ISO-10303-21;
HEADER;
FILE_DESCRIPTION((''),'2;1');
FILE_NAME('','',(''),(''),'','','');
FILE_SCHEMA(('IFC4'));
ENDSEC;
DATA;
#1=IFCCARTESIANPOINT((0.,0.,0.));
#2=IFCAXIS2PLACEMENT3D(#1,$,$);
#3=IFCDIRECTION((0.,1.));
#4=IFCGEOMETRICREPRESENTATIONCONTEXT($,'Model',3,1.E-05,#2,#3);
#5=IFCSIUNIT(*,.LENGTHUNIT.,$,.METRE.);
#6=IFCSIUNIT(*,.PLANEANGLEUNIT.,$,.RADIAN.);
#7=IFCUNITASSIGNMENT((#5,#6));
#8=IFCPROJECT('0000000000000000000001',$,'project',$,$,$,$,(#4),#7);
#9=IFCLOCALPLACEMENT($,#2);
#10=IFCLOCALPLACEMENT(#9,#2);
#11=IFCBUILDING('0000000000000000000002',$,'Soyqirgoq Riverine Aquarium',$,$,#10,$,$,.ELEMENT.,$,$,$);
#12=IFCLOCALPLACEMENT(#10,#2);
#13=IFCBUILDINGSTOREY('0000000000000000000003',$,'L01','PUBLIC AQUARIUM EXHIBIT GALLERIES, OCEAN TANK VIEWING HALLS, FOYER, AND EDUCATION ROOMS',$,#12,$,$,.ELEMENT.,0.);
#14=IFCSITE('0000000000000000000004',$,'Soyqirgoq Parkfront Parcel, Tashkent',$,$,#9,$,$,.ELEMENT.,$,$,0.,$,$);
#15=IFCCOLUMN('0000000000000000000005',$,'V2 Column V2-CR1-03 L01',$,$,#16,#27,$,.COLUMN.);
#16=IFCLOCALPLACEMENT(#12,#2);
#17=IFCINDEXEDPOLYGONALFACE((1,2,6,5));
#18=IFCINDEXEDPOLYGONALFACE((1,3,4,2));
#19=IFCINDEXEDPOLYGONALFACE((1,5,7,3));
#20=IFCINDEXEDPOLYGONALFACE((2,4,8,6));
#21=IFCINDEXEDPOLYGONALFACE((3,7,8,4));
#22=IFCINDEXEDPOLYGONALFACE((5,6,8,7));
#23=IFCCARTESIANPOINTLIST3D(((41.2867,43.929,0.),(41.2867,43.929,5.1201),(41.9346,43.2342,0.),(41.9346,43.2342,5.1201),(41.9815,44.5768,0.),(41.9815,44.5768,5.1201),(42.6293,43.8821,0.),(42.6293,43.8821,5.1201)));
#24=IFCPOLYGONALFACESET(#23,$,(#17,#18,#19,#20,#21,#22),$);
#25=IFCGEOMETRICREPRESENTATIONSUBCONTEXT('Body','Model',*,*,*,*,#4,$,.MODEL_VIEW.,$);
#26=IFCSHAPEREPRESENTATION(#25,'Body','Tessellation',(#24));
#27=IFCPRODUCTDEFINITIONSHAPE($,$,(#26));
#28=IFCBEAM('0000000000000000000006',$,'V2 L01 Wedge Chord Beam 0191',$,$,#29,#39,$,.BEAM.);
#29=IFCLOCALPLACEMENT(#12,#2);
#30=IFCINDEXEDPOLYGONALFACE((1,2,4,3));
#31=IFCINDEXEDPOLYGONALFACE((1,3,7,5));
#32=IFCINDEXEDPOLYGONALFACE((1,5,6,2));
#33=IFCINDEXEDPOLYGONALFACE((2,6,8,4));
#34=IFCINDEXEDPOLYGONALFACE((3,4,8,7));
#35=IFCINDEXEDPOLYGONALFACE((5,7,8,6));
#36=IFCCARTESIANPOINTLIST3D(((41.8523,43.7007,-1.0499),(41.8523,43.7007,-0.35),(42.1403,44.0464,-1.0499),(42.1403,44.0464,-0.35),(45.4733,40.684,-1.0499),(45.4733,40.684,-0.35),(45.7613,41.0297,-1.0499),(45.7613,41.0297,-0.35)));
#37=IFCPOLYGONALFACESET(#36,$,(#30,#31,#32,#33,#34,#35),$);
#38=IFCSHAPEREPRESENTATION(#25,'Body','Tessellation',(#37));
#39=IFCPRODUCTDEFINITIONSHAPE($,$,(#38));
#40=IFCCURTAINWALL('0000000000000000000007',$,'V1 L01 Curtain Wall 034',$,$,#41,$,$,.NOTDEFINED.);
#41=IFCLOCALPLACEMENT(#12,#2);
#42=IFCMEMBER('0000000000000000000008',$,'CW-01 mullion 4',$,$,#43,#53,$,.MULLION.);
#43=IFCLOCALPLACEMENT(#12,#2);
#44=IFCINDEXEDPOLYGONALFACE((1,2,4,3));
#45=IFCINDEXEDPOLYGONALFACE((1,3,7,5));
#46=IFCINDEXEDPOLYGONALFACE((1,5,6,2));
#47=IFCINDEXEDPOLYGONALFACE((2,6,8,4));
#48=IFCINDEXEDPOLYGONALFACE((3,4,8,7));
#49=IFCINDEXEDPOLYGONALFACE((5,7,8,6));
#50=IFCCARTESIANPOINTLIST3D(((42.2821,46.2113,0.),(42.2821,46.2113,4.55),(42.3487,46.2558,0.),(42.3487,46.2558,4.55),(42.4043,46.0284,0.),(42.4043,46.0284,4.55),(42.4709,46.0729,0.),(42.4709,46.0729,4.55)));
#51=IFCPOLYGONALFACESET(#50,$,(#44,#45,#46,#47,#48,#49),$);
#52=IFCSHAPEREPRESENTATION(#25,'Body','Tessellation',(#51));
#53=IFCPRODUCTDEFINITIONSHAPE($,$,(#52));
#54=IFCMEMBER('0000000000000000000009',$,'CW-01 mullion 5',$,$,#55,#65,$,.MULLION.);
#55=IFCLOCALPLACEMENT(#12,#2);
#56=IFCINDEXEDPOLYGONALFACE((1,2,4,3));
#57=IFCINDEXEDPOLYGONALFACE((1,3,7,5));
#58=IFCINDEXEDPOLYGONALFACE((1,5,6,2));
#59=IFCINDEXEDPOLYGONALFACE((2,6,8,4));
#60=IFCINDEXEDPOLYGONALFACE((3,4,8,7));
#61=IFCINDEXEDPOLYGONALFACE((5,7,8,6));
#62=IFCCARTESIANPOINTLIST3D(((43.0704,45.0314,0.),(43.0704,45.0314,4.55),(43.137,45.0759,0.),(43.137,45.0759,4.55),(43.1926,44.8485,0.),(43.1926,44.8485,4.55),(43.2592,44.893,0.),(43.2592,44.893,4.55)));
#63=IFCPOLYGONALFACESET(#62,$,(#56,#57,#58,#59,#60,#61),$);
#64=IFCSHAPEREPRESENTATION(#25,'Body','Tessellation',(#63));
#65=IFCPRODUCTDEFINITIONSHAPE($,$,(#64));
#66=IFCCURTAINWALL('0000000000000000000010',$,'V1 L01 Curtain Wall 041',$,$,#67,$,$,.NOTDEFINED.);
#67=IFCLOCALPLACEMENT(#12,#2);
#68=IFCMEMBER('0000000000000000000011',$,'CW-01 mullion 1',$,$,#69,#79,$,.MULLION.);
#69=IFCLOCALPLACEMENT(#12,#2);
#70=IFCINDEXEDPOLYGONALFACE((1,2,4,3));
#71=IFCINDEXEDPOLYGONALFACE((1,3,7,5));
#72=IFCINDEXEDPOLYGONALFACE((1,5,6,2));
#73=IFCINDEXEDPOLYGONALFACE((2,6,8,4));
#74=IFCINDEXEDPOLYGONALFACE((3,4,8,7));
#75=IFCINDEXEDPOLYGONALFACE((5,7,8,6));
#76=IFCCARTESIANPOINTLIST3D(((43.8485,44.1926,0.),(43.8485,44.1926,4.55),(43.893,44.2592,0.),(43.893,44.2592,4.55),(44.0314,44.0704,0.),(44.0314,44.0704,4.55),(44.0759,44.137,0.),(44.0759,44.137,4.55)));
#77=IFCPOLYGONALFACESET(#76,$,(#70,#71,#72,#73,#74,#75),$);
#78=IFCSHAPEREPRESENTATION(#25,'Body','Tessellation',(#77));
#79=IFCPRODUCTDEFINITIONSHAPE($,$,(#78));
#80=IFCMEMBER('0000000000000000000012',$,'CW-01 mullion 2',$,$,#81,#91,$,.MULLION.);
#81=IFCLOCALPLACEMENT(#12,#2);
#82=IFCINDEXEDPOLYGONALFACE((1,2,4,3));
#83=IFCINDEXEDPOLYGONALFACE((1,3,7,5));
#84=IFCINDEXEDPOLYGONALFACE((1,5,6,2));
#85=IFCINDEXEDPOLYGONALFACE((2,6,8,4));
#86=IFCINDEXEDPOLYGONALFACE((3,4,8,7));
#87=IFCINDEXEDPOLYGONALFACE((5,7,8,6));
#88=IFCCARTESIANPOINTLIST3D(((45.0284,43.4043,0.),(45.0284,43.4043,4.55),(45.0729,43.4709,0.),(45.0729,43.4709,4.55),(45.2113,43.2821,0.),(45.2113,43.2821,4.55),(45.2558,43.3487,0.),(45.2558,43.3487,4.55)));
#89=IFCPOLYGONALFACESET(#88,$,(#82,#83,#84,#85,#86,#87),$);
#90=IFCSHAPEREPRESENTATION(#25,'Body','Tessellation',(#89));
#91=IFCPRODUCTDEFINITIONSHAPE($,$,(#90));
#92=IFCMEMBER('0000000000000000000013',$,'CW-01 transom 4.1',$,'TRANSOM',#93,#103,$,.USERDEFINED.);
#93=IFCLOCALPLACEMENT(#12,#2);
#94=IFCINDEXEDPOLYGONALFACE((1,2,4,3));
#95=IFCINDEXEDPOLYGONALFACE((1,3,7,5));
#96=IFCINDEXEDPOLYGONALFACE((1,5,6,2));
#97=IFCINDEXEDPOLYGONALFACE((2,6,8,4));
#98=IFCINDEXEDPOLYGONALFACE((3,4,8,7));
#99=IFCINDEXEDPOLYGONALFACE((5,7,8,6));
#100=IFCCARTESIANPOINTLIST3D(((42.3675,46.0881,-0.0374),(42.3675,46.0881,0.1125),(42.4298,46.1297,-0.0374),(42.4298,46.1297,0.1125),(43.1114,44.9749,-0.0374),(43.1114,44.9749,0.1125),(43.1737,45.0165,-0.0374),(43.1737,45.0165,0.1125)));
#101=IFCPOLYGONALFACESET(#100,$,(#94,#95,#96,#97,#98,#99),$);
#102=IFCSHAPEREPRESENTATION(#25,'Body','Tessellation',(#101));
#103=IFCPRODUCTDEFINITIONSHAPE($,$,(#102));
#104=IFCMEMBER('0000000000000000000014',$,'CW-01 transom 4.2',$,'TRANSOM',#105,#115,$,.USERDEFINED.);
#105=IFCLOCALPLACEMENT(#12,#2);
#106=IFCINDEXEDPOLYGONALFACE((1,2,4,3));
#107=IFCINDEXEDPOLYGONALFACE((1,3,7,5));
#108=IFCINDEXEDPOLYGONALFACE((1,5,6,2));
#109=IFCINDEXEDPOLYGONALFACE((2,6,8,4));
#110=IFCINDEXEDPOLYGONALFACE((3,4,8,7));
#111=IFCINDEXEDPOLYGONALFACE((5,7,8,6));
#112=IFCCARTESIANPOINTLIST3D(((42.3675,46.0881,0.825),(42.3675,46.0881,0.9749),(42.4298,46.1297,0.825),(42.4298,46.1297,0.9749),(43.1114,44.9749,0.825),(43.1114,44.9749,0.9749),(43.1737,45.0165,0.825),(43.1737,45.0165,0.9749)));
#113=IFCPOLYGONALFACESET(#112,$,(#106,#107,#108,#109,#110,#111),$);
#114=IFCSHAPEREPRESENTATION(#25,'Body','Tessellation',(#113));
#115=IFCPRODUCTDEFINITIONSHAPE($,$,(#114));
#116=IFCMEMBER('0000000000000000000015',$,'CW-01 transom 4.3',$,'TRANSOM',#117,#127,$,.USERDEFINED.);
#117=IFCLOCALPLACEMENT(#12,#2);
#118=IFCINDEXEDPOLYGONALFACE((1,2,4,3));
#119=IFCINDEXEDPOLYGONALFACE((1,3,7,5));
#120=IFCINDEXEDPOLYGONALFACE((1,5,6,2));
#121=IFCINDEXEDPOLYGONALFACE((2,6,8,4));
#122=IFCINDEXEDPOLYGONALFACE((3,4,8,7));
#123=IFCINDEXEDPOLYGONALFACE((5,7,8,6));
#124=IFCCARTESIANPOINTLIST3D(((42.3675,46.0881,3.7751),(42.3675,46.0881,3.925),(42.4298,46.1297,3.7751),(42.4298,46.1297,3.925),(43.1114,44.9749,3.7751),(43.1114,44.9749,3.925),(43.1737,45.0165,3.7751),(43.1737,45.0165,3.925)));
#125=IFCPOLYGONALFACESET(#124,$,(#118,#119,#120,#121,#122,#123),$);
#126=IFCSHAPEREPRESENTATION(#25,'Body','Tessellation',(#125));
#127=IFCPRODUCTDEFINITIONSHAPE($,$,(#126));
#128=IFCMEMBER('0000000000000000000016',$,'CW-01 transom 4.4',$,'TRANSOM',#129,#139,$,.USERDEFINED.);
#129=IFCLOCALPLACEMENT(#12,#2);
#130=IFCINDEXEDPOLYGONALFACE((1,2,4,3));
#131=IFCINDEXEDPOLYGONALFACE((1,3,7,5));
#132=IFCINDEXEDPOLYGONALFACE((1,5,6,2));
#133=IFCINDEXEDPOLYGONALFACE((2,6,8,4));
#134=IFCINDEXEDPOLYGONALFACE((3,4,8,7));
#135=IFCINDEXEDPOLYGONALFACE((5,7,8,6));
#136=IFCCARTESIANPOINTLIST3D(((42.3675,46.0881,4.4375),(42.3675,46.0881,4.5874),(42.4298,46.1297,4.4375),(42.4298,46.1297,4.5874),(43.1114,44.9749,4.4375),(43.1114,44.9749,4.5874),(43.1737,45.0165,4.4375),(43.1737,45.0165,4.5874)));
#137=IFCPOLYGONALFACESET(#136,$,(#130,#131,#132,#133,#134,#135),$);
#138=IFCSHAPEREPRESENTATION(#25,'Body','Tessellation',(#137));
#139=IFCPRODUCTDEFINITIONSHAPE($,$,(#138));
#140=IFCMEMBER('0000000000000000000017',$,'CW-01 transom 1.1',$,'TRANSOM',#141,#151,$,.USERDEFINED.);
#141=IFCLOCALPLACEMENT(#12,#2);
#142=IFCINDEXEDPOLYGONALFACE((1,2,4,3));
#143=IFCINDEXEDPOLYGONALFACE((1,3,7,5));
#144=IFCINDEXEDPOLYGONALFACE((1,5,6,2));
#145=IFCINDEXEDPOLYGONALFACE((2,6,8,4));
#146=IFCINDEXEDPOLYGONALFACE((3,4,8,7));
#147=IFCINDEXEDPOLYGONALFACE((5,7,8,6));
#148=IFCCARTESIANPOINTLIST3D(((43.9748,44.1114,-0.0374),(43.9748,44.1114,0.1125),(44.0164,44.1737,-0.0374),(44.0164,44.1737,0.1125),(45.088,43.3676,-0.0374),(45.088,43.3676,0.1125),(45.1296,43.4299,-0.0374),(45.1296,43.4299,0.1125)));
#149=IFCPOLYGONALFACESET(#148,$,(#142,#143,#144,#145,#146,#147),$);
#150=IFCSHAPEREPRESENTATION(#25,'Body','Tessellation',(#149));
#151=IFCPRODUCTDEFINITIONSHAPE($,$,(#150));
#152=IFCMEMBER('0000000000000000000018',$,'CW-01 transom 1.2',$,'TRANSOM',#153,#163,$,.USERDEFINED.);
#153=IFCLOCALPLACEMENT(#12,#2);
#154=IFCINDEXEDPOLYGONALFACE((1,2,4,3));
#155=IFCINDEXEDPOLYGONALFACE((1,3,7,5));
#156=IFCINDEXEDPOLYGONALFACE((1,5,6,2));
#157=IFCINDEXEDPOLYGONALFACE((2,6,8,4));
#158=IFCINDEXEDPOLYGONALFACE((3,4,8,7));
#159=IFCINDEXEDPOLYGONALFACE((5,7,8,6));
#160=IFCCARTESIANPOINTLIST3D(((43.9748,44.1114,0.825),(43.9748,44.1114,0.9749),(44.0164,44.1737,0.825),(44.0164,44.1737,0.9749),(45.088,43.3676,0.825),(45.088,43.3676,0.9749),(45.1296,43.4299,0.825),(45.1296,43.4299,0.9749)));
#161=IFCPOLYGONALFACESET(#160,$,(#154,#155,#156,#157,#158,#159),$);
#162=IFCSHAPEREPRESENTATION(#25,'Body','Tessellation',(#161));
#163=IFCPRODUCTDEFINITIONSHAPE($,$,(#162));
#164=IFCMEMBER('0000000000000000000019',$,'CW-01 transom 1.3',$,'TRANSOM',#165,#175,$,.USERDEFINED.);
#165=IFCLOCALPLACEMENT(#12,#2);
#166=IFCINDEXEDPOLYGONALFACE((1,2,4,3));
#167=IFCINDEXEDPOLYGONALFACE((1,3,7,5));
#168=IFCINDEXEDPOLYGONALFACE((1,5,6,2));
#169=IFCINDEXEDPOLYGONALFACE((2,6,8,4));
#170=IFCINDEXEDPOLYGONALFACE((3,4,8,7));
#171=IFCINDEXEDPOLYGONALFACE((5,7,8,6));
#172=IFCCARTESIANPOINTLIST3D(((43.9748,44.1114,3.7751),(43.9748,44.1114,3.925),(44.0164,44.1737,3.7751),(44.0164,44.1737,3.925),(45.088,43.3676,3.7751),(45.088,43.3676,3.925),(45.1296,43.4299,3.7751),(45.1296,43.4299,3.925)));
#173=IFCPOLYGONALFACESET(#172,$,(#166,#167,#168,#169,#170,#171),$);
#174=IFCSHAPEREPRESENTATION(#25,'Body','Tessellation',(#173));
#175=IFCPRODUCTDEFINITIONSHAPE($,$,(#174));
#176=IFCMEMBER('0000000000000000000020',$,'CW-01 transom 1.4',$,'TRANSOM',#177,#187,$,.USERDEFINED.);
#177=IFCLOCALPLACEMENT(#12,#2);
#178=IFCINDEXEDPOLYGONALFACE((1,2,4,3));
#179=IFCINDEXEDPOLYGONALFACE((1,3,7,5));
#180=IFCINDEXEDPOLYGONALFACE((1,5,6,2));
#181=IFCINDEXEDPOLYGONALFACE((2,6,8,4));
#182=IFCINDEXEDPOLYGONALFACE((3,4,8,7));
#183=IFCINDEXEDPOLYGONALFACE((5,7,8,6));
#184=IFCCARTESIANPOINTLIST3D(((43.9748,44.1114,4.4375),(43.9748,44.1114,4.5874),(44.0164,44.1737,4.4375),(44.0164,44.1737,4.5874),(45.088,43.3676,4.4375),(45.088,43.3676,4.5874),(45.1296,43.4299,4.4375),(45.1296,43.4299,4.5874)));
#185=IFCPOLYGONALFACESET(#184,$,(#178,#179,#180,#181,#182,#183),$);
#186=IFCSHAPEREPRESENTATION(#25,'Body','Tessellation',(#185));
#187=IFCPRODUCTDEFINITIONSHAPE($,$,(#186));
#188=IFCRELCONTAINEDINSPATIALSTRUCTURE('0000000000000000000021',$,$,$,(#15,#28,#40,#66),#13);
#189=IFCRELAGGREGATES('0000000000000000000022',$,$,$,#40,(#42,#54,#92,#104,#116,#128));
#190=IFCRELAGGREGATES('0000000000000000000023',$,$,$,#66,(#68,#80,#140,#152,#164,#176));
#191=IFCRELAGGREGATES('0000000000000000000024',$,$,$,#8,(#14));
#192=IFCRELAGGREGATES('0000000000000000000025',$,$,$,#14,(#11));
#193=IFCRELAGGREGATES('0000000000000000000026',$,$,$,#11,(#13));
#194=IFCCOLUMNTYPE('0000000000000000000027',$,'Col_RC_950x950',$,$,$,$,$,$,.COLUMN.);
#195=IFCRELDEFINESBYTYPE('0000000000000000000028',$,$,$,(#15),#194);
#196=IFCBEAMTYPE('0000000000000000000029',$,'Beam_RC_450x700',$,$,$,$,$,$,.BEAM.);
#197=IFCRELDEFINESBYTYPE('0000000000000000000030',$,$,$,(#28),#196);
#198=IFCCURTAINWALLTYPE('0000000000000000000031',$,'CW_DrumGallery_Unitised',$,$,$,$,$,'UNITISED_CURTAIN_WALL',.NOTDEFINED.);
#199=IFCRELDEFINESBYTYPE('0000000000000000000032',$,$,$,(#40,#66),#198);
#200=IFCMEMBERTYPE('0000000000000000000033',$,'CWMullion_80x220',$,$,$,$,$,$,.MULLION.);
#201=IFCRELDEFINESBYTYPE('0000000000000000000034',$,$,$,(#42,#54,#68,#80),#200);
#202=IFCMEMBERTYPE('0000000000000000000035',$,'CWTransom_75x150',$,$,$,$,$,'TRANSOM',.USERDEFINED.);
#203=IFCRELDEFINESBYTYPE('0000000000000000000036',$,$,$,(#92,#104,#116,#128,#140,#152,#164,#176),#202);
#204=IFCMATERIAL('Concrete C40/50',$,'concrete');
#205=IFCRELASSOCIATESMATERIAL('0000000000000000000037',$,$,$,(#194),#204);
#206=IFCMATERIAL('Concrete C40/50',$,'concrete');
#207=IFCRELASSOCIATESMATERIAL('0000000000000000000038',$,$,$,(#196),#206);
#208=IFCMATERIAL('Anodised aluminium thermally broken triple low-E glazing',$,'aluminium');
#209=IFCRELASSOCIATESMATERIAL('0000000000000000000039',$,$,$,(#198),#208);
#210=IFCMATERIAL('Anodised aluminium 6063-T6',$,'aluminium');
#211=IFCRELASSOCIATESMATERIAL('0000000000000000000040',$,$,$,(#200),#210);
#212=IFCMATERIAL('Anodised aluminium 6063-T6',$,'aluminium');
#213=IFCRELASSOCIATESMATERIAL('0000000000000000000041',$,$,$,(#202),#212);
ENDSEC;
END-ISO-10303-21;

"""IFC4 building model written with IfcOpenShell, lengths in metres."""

from ifc_helpers import new_model, si_unit, direction, frame, origin, origin_2d, place, context, subcontext, project, spatial, rectangle, extrude, material, material_profile, profile_set, type_object, element, aggregate, save


model = new_model("IFC4")

# Units and contexts
model_context = context("Model", 3, precision=1e-05, world=origin(), true_north=direction((0.0, 1.0)))
body_context = subcontext(model_context, "Body", "Model", "MODEL_VIEW")
ifc_project = project(units=[si_unit("LENGTHUNIT", "METRE"), si_unit("PLANEANGLEUNIT", "RADIAN")], contexts=[model_context])

# Site, building, storey
site_placement = place(None, origin())
site = spatial("IfcSite", under=ifc_project, at=site_placement, Name="Soyqirgoq Parkfront Parcel, Tashkent", CompositionType="ELEMENT", RefElevation=0.0)
building_placement = place(site_placement, origin())
building = spatial("IfcBuilding", under=site, at=building_placement, Name="Soyqirgoq Riverine Aquarium", CompositionType="ELEMENT")
storey_placement = place(building_placement, origin())
storey = spatial("IfcBuildingStorey", under=building, at=storey_placement, Name="L01", Description="PUBLIC AQUARIUM EXHIBIT GALLERIES, OCEAN TANK VIEWING HALLS, FOYER, AND EDUCATION ROOMS", CompositionType="ELEMENT", Elevation=0.0)

# Column
ifc_material_1 = material(Name="Concrete C40/50", Category="concrete")
ifc_material_profile_1 = material_profile(ifc_material_1, rectangle(XDim=0.95, YDim=0.95, at=origin_2d()), Name="RC 950x950")
ifc_profile_set_1 = profile_set([ifc_material_profile_1], Name="Concrete C40/50")
column_type_1 = type_object("IfcColumnType", Name="Col_RC_950x950", PredefinedType="COLUMN", material=ifc_profile_set_1)
column_1_placement = place(storey_placement, frame((41.958, 43.9055, 0.0), z_axis=(0.0, 0.0, 1.0), x_axis=(-0.731354, -0.681998, 0.0)))
element("IfcColumn", 1, at=column_1_placement, inside=storey, type_object=column_type_1, Name="V2 Column V2-CR1-03 L01", PredefinedType="COLUMN", context=body_context, shape_type="SweptSolid", body=[
    extrude(rectangle(XDim=0.95, YDim=0.95, at=origin_2d()), origin(), (0.0, 0.0, 1.0), 5.1201),
])

# Beam
ifc_material_2 = material(Name="Concrete C40/50", Category="concrete")
ifc_material_profile_2 = material_profile(ifc_material_2, rectangle(XDim=0.45, YDim=0.7, at=origin_2d()), Name="RC 450x700")
ifc_profile_set_2 = profile_set([ifc_material_profile_2], Name="Concrete C40/50")
beam_type_1 = type_object("IfcBeamType", Name="Beam_RC_450x700", PredefinedType="BEAM", material=ifc_profile_set_2)
beam_1_placement = place(storey_placement, frame((41.9963, 43.8735, -0.7), z_axis=(0.768302, -0.640088, 0.0), x_axis=(0.640088, 0.768302, 0.0)))
element("IfcBeam", 2, at=beam_1_placement, inside=storey, type_object=beam_type_1, Name="V2 L01 Wedge Chord Beam 0191", PredefinedType="BEAM", context=body_context, shape_type="SweptSolid", body=[
    extrude(rectangle(XDim=0.45, YDim=0.7, at=origin_2d()), origin(), (0.0, 0.0, 1.0), 4.7129),
])

# Curtain walls, members
ifc_material_3 = material(Name="Anodised aluminium thermally broken triple low-E glazing", Category="aluminium")
curtain_wall_type = type_object("IfcCurtainWallType", Name="CW_DrumGallery_Unitised", ElementType="UNITISED_CURTAIN_WALL", PredefinedType="NOTDEFINED", material=ifc_material_3)
curtain_wall_1_placement = place(storey_placement, origin())
curtain_wall_1 = element("IfcCurtainWall", 3, at=curtain_wall_1_placement, inside=storey, type_object=curtain_wall_type, Name="V1 L01 Curtain Wall 034", PredefinedType="NOTDEFINED")
ifc_material_4 = material(Name="Anodised aluminium 6063-T6", Category="aluminium")
ifc_material_profile_3 = material_profile(ifc_material_4, rectangle(XDim=0.0801, YDim=0.22, at=origin_2d()), Name="ALU-M 80x220")
ifc_profile_set_3 = profile_set([ifc_material_profile_3], Name="Anodised aluminium 6063-T6")
member_type_1 = type_object("IfcMemberType", Name="CWMullion_80x220", PredefinedType="MULLION", material=ifc_profile_set_3)
member_1_placement = place(storey_placement, frame((42.3765, 46.1421, 0.0), z_axis=(0.0, 0.0, 1.0), x_axis=(0.831467, 0.555574, 0.0)))
member_1 = element("IfcMember", 4, at=member_1_placement, type_object=member_type_1, Name="CW-01 mullion 4", PredefinedType="MULLION", context=body_context, shape_type="SweptSolid", body=[
    extrude(rectangle(XDim=0.0801, YDim=0.22, at=origin_2d()), origin(), (0.0, 0.0, 1.0), 4.55),
])
member_2_placement = place(storey_placement, frame((43.1648, 44.9622, 0.0), z_axis=(0.0, 0.0, 1.0), x_axis=(0.831467, 0.555574, 0.0)))
member_2 = element("IfcMember", 5, at=member_2_placement, type_object=member_type_1, Name="CW-01 mullion 5", PredefinedType="MULLION", context=body_context, shape_type="SweptSolid", body=[
    extrude(rectangle(XDim=0.0801, YDim=0.22, at=origin_2d()), origin(), (0.0, 0.0, 1.0), 4.55),
])
curtain_wall_2_placement = place(storey_placement, origin())
curtain_wall_2 = element("IfcCurtainWall", 6, at=curtain_wall_2_placement, inside=storey, type_object=curtain_wall_type, Name="V1 L01 Curtain Wall 041", PredefinedType="NOTDEFINED")
member_3_placement = place(storey_placement, frame((43.9622, 44.1648, 0.0), z_axis=(0.0, 0.0, 1.0), x_axis=(0.555574, 0.831467, 0.0)))
member_3 = element("IfcMember", 7, at=member_3_placement, type_object=member_type_1, Name="CW-01 mullion 1", PredefinedType="MULLION", context=body_context, shape_type="SweptSolid", body=[
    extrude(rectangle(XDim=0.0801, YDim=0.22, at=origin_2d()), origin(), (0.0, 0.0, 1.0), 4.55),
])
member_4_placement = place(storey_placement, frame((45.1421, 43.3765, 0.0), z_axis=(0.0, 0.0, 1.0), x_axis=(0.555574, 0.831467, 0.0)))
member_4 = element("IfcMember", 8, at=member_4_placement, type_object=member_type_1, Name="CW-01 mullion 2", PredefinedType="MULLION", context=body_context, shape_type="SweptSolid", body=[
    extrude(rectangle(XDim=0.0801, YDim=0.22, at=origin_2d()), origin(), (0.0, 0.0, 1.0), 4.55),
])

# Members
ifc_material_5 = material(Name="Anodised aluminium 6063-T6", Category="aluminium")
ifc_material_profile_4 = material_profile(ifc_material_5, rectangle(XDim=0.075, YDim=0.1499, at=origin_2d()), Name="ALU-T 75x150")
ifc_profile_set_4 = profile_set([ifc_material_profile_4], Name="Anodised aluminium 6063-T6")
member_type_2 = type_object("IfcMemberType", Name="CWTransom_75x150", ElementType="TRANSOM", PredefinedType="USERDEFINED", material=ifc_profile_set_4)
member_5_placement = place(storey_placement, frame((42.3987, 46.1089, 0.0376), z_axis=(0.555584, -0.831461, 0.0), x_axis=(0.831461, 0.555584, 0.0)))
member_5 = element("IfcMember", 9, at=member_5_placement, type_object=member_type_2, Name="CW-01 transom 4.1", ObjectType="TRANSOM", PredefinedType="USERDEFINED", context=body_context, shape_type="SweptSolid", body=[
    extrude(rectangle(XDim=0.075, YDim=0.1499, at=origin_2d()), origin(), (0.0, 0.0, 1.0), 1.3389),
])
member_6_placement = place(storey_placement, frame((42.3987, 46.1089, 0.8999), z_axis=(0.555584, -0.831461, 0.0), x_axis=(0.831461, 0.555584, 0.0)))
member_6 = element("IfcMember", 10, at=member_6_placement, type_object=member_type_2, Name="CW-01 transom 4.2", ObjectType="TRANSOM", PredefinedType="USERDEFINED", context=body_context, shape_type="SweptSolid", body=[
    extrude(rectangle(XDim=0.075, YDim=0.1499, at=origin_2d()), origin(), (0.0, 0.0, 1.0), 1.3389),
])
member_7_placement = place(storey_placement, frame((42.3987, 46.1089, 3.8501), z_axis=(0.555584, -0.831461, 0.0), x_axis=(0.831461, 0.555584, 0.0)))
member_7 = element("IfcMember", 11, at=member_7_placement, type_object=member_type_2, Name="CW-01 transom 4.3", ObjectType="TRANSOM", PredefinedType="USERDEFINED", context=body_context, shape_type="SweptSolid", body=[
    extrude(rectangle(XDim=0.075, YDim=0.1499, at=origin_2d()), origin(), (0.0, 0.0, 1.0), 1.3389),
])
member_8_placement = place(storey_placement, frame((42.3987, 46.1089, 4.5125), z_axis=(0.555584, -0.831461, 0.0), x_axis=(0.831461, 0.555584, 0.0)))
member_8 = element("IfcMember", 12, at=member_8_placement, type_object=member_type_2, Name="CW-01 transom 4.4", ObjectType="TRANSOM", PredefinedType="USERDEFINED", context=body_context, shape_type="SweptSolid", body=[
    extrude(rectangle(XDim=0.075, YDim=0.1499, at=origin_2d()), origin(), (0.0, 0.0, 1.0), 1.3389),
])
member_9_placement = place(storey_placement, frame((43.9956, 44.1426, 0.0376), z_axis=(0.831461, -0.555584, 0.0), x_axis=(0.555584, 0.831461, 0.0)))
member_9 = element("IfcMember", 13, at=member_9_placement, type_object=member_type_2, Name="CW-01 transom 1.1", ObjectType="TRANSOM", PredefinedType="USERDEFINED", context=body_context, shape_type="SweptSolid", body=[
    extrude(rectangle(XDim=0.075, YDim=0.1499, at=origin_2d()), origin(), (0.0, 0.0, 1.0), 1.3389),
])
member_10_placement = place(storey_placement, frame((43.9956, 44.1426, 0.8999), z_axis=(0.831461, -0.555584, 0.0), x_axis=(0.555584, 0.831461, 0.0)))
member_10 = element("IfcMember", 14, at=member_10_placement, type_object=member_type_2, Name="CW-01 transom 1.2", ObjectType="TRANSOM", PredefinedType="USERDEFINED", context=body_context, shape_type="SweptSolid", body=[
    extrude(rectangle(XDim=0.075, YDim=0.1499, at=origin_2d()), origin(), (0.0, 0.0, 1.0), 1.3389),
])
member_11_placement = place(storey_placement, frame((43.9956, 44.1426, 3.8501), z_axis=(0.831461, -0.555584, 0.0), x_axis=(0.555584, 0.831461, 0.0)))
member_11 = element("IfcMember", 15, at=member_11_placement, type_object=member_type_2, Name="CW-01 transom 1.3", ObjectType="TRANSOM", PredefinedType="USERDEFINED", context=body_context, shape_type="SweptSolid", body=[
    extrude(rectangle(XDim=0.075, YDim=0.1499, at=origin_2d()), origin(), (0.0, 0.0, 1.0), 1.3389),
])
member_12_placement = place(storey_placement, frame((43.9956, 44.1426, 4.5125), z_axis=(0.831461, -0.555584, 0.0), x_axis=(0.555584, 0.831461, 0.0)))
member_12 = element("IfcMember", 16, at=member_12_placement, type_object=member_type_2, Name="CW-01 transom 1.4", ObjectType="TRANSOM", PredefinedType="USERDEFINED", context=body_context, shape_type="SweptSolid", body=[
    extrude(rectangle(XDim=0.075, YDim=0.1499, at=origin_2d()), origin(), (0.0, 0.0, 1.0), 1.3389),
])

aggregate(curtain_wall_1, [member_1, member_2, member_5, member_6, member_7, member_8])
aggregate(curtain_wall_2, [member_3, member_4, member_9, member_10, member_11, member_12])

save(model, "model.ifc")
